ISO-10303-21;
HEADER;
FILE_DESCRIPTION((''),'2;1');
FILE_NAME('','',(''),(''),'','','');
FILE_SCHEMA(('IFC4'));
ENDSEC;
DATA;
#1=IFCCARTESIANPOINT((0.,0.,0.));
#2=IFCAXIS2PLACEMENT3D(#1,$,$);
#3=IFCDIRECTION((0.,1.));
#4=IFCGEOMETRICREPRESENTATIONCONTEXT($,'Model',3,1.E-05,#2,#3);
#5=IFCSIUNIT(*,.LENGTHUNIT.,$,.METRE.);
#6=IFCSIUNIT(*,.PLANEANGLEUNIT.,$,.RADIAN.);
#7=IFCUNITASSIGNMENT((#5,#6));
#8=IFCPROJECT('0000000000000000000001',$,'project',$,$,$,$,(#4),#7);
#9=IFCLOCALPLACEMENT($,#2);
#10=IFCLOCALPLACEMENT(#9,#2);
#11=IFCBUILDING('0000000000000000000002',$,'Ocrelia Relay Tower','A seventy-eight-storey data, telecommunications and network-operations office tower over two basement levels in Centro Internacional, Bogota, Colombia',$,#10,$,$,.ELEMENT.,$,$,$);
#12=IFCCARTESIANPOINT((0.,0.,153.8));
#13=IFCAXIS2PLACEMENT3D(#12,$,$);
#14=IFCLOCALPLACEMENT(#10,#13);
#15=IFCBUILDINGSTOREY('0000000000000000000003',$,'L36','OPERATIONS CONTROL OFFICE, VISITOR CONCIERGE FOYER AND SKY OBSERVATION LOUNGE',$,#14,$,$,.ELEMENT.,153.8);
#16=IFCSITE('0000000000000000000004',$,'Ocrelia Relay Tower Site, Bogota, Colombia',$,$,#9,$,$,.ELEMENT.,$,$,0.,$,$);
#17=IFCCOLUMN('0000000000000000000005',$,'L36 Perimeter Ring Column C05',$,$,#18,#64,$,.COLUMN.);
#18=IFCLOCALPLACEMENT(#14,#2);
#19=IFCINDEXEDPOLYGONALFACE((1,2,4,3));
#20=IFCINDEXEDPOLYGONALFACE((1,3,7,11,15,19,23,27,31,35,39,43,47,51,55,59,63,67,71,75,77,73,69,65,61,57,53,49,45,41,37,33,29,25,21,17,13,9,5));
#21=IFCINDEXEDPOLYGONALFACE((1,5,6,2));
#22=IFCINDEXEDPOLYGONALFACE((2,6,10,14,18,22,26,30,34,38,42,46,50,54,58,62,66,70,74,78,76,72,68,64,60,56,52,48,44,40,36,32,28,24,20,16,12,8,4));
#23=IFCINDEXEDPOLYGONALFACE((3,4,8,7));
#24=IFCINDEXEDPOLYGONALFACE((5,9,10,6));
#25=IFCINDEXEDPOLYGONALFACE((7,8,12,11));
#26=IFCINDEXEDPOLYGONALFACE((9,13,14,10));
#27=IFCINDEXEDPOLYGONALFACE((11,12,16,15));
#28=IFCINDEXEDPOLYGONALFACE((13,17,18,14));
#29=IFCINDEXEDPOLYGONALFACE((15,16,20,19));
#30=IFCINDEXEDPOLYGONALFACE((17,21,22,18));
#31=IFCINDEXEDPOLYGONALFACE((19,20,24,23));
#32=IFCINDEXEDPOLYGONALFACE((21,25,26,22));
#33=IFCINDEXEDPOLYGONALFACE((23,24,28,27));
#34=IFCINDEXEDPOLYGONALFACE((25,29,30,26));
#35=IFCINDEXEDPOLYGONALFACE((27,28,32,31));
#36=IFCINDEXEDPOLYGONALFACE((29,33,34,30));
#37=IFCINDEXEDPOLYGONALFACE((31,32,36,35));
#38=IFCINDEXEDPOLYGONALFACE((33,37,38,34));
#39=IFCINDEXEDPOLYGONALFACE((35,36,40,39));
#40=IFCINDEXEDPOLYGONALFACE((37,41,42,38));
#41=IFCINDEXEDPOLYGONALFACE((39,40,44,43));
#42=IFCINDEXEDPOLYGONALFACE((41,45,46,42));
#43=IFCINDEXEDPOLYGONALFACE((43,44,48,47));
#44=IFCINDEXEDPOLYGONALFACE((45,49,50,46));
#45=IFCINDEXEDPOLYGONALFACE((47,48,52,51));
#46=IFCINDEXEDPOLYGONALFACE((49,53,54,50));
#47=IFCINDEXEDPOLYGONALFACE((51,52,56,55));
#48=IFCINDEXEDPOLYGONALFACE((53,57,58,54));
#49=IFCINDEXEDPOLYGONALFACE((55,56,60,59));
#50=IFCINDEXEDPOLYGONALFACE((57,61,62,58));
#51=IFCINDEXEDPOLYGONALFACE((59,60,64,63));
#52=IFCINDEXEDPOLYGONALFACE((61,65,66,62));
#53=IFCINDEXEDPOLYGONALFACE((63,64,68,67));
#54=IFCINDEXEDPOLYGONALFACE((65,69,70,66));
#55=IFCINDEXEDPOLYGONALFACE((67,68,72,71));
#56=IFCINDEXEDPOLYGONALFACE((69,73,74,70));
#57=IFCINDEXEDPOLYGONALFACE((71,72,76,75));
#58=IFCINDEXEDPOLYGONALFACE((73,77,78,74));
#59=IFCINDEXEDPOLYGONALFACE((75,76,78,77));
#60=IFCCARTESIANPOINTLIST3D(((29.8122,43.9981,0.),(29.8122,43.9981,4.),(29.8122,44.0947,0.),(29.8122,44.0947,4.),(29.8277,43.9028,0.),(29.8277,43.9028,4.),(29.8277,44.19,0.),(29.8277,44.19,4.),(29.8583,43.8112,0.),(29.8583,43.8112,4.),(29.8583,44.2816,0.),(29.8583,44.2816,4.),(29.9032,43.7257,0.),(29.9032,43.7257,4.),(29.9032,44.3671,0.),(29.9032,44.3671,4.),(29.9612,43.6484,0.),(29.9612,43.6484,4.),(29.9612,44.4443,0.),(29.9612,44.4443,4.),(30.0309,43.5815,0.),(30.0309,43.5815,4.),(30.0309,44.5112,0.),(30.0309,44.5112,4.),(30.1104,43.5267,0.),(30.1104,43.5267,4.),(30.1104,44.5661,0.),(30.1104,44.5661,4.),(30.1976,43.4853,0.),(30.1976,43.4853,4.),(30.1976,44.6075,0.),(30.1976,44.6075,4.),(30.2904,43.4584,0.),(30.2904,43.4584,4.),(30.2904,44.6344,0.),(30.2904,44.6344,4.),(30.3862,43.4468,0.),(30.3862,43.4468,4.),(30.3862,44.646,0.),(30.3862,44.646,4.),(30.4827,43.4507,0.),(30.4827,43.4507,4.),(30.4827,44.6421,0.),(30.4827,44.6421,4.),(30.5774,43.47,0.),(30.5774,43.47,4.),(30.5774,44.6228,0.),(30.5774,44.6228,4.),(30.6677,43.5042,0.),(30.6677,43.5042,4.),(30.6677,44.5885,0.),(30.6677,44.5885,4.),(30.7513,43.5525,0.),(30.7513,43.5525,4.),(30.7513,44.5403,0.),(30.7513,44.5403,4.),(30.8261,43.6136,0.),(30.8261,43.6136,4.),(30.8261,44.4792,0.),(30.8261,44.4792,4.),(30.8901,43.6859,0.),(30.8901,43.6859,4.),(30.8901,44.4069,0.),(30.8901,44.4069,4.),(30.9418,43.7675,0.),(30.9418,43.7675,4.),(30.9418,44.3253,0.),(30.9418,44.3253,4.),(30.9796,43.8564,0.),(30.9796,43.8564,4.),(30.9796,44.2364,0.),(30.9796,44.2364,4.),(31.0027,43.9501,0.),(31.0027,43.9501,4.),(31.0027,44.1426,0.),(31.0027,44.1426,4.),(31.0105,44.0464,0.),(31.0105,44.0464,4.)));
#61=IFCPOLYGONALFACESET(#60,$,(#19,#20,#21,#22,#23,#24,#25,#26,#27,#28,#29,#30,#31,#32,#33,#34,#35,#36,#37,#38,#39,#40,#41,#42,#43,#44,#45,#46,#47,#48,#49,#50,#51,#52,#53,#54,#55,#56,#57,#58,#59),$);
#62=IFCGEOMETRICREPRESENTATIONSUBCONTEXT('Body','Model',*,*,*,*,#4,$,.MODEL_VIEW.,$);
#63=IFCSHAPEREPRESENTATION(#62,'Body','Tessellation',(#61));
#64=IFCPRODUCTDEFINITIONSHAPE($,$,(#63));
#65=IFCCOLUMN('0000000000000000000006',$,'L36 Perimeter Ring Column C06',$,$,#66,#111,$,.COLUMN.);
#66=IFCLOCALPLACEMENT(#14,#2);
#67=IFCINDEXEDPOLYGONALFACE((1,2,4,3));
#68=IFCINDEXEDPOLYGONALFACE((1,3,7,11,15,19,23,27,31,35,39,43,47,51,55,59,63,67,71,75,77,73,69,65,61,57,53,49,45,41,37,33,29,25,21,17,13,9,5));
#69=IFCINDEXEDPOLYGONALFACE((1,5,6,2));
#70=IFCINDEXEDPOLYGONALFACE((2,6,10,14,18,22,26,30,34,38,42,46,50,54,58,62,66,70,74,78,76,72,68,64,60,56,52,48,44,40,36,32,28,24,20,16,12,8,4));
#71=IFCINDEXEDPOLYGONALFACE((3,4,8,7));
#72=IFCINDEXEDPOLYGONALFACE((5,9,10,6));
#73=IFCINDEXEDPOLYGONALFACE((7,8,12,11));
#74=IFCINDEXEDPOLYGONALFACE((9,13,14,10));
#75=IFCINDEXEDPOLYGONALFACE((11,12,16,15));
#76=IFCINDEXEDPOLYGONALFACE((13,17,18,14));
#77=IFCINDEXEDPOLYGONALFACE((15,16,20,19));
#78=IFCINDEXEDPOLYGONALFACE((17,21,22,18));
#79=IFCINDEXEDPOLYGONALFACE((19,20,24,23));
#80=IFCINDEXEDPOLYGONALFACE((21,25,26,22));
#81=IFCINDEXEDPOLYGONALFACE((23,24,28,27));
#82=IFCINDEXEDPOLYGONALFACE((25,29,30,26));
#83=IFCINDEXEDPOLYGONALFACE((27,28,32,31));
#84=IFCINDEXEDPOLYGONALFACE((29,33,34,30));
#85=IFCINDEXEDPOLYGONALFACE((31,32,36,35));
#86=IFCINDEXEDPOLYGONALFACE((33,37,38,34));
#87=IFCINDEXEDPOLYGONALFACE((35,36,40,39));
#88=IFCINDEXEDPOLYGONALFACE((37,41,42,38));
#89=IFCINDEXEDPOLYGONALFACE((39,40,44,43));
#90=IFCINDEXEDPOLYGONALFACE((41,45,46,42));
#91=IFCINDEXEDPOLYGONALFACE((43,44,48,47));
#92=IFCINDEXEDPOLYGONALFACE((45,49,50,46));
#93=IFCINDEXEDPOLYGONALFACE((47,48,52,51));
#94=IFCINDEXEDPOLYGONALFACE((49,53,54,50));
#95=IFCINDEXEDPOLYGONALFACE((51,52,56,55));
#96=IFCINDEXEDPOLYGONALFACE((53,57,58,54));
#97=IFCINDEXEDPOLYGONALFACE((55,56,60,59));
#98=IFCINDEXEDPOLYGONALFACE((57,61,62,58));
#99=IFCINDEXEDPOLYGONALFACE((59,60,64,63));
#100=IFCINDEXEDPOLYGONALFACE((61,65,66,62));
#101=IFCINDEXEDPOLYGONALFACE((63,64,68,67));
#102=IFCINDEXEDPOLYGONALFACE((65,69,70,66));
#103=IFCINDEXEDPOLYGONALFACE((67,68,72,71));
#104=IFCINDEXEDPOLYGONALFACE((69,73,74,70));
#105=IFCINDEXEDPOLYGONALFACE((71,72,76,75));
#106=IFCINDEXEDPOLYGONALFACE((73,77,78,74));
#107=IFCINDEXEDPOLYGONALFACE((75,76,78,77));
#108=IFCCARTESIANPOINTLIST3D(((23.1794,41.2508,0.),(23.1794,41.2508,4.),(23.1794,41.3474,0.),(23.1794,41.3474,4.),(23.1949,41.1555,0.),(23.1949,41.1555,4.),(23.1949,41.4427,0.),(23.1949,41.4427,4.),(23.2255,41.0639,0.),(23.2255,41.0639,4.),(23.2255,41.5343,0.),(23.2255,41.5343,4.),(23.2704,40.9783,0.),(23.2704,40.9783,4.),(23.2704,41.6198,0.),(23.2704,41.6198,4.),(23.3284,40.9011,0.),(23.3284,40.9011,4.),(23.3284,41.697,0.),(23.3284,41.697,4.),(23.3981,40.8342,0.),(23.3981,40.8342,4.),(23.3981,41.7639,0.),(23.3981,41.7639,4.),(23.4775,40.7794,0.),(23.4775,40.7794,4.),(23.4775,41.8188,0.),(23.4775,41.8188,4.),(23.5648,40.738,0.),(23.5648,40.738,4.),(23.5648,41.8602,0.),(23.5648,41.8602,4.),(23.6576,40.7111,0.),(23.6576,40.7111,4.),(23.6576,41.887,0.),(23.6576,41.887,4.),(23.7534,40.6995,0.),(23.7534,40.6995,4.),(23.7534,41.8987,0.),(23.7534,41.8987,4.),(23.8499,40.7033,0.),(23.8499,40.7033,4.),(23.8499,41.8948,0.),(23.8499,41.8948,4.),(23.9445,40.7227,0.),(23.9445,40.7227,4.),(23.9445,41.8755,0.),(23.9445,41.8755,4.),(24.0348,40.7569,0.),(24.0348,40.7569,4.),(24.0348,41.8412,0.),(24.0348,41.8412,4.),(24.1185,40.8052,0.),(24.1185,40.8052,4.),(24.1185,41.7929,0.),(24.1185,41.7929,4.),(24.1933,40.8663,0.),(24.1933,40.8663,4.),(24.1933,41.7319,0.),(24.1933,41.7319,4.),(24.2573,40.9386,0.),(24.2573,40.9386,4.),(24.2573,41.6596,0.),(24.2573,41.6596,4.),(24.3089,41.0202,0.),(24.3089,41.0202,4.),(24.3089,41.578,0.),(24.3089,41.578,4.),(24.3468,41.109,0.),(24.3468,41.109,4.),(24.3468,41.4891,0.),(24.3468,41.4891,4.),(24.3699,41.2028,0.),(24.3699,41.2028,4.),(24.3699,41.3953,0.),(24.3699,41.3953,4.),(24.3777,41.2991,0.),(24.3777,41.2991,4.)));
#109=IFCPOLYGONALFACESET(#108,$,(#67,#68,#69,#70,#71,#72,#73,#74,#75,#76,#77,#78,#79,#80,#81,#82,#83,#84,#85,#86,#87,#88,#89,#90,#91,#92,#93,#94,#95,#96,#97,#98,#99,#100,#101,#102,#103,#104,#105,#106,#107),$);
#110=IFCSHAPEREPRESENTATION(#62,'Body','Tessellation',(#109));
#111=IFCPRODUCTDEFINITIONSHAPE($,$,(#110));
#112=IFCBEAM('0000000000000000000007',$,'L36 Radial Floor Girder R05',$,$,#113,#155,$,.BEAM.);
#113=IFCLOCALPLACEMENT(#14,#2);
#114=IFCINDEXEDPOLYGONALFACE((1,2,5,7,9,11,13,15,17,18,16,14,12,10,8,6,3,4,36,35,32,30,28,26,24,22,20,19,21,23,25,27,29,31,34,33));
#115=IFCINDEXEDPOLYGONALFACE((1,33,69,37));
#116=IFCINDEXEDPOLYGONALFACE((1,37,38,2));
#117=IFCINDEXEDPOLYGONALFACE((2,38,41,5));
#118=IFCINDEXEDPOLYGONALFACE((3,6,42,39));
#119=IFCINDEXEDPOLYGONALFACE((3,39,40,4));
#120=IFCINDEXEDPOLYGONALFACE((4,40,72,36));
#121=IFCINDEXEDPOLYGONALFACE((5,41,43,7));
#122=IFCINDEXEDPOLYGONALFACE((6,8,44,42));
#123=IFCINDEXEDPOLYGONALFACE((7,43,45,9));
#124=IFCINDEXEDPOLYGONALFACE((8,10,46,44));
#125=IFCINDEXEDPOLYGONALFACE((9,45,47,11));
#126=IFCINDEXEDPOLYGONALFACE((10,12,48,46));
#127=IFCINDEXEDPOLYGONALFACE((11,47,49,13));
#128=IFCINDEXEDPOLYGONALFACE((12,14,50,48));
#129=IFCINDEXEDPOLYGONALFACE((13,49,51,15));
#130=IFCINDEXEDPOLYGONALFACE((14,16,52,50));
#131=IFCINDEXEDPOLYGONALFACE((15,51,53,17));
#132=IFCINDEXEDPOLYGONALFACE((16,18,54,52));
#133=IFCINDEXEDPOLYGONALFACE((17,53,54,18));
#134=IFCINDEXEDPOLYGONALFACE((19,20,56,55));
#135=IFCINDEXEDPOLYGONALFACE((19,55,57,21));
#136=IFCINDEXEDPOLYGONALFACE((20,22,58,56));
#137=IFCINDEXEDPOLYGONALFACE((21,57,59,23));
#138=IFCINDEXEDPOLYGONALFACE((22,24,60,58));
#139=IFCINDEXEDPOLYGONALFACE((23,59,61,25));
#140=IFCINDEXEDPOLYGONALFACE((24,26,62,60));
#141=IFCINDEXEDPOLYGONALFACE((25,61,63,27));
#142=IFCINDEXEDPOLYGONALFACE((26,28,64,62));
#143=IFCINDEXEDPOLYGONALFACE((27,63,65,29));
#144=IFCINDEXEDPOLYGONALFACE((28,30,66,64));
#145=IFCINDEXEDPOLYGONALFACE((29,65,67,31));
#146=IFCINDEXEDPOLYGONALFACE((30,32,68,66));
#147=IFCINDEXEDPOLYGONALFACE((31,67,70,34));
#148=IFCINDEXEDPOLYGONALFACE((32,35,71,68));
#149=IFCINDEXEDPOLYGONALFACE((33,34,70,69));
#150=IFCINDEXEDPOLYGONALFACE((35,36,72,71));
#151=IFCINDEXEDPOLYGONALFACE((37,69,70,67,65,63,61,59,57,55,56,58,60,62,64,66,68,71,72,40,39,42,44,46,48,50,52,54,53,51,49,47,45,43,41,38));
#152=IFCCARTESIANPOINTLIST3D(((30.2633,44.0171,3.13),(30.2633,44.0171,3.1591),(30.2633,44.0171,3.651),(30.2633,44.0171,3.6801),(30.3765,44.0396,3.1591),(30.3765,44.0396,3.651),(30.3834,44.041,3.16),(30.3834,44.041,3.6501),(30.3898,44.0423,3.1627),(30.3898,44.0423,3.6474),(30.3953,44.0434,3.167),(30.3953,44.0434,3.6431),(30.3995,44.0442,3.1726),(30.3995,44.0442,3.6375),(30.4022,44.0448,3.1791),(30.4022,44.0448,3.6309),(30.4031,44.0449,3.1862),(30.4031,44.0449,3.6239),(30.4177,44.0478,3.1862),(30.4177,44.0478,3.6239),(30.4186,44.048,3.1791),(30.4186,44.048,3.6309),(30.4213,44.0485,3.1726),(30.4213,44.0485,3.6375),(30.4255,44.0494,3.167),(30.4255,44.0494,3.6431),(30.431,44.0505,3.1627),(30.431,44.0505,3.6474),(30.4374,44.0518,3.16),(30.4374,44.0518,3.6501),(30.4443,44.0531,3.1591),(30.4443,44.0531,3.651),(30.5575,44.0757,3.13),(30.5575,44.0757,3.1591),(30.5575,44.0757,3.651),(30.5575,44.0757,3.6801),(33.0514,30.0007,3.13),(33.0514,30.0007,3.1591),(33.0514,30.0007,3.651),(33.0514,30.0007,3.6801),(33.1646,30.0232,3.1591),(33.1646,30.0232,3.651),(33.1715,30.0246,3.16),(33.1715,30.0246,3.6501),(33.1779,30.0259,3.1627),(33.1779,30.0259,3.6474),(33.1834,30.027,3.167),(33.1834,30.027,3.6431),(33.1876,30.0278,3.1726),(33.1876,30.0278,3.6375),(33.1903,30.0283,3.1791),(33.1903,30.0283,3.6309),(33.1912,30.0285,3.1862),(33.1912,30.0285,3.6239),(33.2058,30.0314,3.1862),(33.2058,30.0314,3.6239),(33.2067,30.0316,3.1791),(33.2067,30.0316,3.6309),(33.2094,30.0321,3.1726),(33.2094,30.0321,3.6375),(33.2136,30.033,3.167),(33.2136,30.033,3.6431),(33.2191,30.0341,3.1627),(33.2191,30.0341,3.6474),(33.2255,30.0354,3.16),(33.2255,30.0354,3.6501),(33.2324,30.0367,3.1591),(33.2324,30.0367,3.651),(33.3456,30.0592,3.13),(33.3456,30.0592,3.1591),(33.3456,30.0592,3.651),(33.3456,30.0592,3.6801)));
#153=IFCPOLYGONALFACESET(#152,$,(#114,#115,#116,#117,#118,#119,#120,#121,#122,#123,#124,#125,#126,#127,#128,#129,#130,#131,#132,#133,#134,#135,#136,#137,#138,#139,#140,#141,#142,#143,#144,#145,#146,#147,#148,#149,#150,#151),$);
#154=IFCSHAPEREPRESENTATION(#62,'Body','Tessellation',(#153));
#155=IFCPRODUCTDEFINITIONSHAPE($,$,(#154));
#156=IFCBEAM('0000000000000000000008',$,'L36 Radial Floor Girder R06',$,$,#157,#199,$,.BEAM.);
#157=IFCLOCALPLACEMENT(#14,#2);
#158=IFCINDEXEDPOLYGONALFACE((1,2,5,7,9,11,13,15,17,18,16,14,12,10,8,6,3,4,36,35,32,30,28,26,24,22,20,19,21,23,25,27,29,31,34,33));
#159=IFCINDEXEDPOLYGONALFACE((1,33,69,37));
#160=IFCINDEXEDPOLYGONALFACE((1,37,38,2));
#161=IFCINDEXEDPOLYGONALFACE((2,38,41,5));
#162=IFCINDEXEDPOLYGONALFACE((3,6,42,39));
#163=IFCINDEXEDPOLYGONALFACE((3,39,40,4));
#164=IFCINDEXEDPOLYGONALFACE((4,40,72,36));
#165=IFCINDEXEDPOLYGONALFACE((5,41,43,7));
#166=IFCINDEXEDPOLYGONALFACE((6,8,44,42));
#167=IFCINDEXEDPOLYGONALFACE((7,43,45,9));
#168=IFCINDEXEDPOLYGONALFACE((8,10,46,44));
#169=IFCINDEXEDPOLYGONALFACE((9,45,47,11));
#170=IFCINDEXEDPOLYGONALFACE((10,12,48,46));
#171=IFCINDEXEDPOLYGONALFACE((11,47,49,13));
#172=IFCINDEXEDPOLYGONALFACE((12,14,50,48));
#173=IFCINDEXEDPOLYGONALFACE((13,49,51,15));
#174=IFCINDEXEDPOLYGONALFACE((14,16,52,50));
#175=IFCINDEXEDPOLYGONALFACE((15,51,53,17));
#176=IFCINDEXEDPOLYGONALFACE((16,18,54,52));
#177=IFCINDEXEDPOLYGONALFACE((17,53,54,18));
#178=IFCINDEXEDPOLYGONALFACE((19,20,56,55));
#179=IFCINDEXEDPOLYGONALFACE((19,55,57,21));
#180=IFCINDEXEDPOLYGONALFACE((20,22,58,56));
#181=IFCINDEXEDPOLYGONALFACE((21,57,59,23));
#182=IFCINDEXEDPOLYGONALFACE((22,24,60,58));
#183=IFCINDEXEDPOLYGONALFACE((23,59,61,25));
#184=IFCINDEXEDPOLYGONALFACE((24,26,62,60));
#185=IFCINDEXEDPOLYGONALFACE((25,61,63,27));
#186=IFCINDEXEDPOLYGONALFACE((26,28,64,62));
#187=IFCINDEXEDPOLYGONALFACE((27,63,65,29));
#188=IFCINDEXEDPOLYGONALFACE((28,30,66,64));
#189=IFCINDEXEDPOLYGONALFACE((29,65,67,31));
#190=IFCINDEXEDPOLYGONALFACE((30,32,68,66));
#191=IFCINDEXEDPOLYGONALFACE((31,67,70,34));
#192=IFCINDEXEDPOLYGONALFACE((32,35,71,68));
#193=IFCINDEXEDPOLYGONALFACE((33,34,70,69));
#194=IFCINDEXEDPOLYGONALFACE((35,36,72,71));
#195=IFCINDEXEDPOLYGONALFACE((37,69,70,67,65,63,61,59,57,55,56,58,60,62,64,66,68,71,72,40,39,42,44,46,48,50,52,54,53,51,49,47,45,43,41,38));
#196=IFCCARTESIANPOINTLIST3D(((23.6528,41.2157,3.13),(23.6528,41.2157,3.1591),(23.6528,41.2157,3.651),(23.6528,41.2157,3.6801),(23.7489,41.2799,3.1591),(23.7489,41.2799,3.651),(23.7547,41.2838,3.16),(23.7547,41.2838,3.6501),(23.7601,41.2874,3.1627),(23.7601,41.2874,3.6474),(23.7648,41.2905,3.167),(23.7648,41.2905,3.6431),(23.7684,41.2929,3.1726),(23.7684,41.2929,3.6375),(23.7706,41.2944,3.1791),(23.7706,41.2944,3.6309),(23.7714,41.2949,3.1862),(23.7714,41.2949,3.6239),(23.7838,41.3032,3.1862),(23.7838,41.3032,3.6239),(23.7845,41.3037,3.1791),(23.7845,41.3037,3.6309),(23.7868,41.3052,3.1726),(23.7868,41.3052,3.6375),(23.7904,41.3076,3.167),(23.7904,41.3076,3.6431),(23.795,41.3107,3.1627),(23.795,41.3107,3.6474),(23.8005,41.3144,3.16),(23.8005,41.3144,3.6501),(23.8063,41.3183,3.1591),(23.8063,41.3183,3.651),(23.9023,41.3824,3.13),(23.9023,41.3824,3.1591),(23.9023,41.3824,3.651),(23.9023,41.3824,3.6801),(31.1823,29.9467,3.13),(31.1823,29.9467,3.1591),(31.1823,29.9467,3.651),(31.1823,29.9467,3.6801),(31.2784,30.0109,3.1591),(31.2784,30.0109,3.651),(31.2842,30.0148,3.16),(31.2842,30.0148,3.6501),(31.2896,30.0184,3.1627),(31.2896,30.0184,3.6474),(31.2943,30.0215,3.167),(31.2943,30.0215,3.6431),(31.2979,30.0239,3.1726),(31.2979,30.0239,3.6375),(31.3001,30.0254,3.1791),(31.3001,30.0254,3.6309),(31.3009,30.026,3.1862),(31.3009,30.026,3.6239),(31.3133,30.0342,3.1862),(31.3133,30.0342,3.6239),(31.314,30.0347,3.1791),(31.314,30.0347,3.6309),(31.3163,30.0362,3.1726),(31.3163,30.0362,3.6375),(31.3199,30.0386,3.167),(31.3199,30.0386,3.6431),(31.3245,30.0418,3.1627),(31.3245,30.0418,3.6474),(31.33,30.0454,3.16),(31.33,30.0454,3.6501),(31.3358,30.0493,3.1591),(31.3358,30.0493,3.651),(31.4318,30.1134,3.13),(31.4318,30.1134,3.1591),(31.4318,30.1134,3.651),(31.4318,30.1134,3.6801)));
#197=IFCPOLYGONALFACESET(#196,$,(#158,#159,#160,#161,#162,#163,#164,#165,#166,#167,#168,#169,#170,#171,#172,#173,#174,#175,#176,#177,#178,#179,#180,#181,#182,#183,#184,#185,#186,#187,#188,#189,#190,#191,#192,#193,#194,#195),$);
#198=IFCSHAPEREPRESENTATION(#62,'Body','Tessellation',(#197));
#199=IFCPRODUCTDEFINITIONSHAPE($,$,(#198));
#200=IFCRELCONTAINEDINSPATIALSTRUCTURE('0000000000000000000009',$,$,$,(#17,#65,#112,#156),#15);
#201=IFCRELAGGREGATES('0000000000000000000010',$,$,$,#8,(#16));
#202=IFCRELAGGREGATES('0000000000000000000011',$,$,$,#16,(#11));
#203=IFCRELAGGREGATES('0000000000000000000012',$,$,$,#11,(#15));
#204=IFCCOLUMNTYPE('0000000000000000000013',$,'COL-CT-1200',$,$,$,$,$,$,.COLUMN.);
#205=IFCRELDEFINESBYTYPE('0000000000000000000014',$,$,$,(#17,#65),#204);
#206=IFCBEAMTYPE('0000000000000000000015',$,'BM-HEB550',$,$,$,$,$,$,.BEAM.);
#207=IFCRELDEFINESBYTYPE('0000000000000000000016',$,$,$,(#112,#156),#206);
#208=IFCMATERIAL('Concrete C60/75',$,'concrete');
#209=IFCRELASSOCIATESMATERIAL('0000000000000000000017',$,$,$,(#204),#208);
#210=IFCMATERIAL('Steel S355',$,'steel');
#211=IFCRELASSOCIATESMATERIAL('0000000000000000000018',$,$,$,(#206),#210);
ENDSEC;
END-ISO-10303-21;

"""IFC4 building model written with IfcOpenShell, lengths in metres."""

from ifc_helpers import new_model, si_unit, direction, frame, origin, origin_2d, place, context, subcontext, project, spatial, circle, i_section, extrude, material, material_profile, profile_set, type_object, element, save


model = new_model("IFC4")

# Units and contexts
model_context = context("Model", 3, precision=1e-05, world=origin(), true_north=direction((0.0, 1.0)))
body_context = subcontext(model_context, "Body", "Model", "MODEL_VIEW")
ifc_project = project(units=[si_unit("LENGTHUNIT", "METRE"), si_unit("PLANEANGLEUNIT", "RADIAN")], contexts=[model_context])

# Site, building, storey
site_placement = place(None, origin())
site = spatial("IfcSite", under=ifc_project, at=site_placement, Name="Ocrelia Relay Tower Site, Bogota, Colombia", CompositionType="ELEMENT", RefElevation=0.0)
building_placement = place(site_placement, origin())
building = spatial("IfcBuilding", under=site, at=building_placement, Name="Ocrelia Relay Tower", Description="A seventy-eight-storey data, telecommunications and network-operations office tower over two basement levels in Centro Internacional, Bogota, Colombia", CompositionType="ELEMENT")
storey_placement = place(building_placement, frame((0.0, 0.0, 153.8)))
storey = spatial("IfcBuildingStorey", under=building, at=storey_placement, Name="L36", Description="OPERATIONS CONTROL OFFICE, VISITOR CONCIERGE FOYER AND SKY OBSERVATION LOUNGE", CompositionType="ELEMENT", Elevation=153.8)

# Columns
ifc_material_1 = material(Name="Concrete C60/75", Category="concrete")
ifc_material_profile_1 = material_profile(ifc_material_1, circle(Radius=0.6001, at=origin_2d()), Name="RC-CIR-1200")
ifc_profile_set_1 = profile_set([ifc_material_profile_1], Name="Concrete C60/75")
column_type = type_object("IfcColumnType", Name="COL-CT-1200", PredefinedType="COLUMN", material=ifc_profile_set_1)
for number, where, z_axis, x_axis, name in (
    (1, (30.4104, 44.0464, 0.0), (0.0, 0.0, 1.0), (1.0, 0.0, 0.0), "L36 Perimeter Ring Column C05"),
    (2, (23.7776, 41.2991, 0.0), (0.0, 0.0, 1.0), (1.0, 0.0, 0.0), "L36 Perimeter Ring Column C06"),
):
    element("IfcColumn", number, at=place(storey_placement, frame(where, z_axis=z_axis, x_axis=x_axis)), inside=storey, type_object=column_type, Name=name, PredefinedType="COLUMN", context=body_context, shape_type="SweptSolid", body=[
        extrude(circle(Radius=0.6001, at=origin_2d()), origin(), (0.0, 0.0, 1.0), 4.0),
    ])

# Beams
ifc_material_2 = material(Name="Steel S355", Category="steel")
ifc_material_profile_2 = material_profile(ifc_material_2, i_section(OverallWidth=0.3, OverallDepth=0.55, WebThickness=0.0149, FlangeThickness=0.0291, FilletRadius=0.0271, at=origin_2d()), Name="HEB 550")
ifc_profile_set_2 = profile_set([ifc_material_profile_2], Name="Steel S355")
beam_type_1 = type_object("IfcBeamType", Name="BM-HEB550", PredefinedType="BEAM", material=ifc_profile_set_2)
beam_1_placement = place(storey_placement, frame((30.4104, 44.0464, 3.405), z_axis=(0.195094, -0.980784, 0.0), x_axis=(0.980784, 0.195094, 0.0)))
element("IfcBeam", 3, at=beam_1_placement, inside=storey, type_object=beam_type_1, Name="L36 Radial Floor Girder R05", PredefinedType="BEAM", context=body_context, shape_type="SweptSolid", body=[
    extrude(i_section(OverallWidth=0.3, OverallDepth=0.55, WebThickness=0.0149, FlangeThickness=0.0291, FilletRadius=0.0271, at=origin_2d()), origin(), (0.0, 0.0, 1.0), 14.291),
])
beam_2_placement = place(storey_placement, frame((23.7776, 41.2991, 3.405), z_axis=(0.55556, -0.831476, 0.0), x_axis=(0.831476, 0.55556, 0.0)))
element("IfcBeam", 4, at=beam_2_placement, inside=storey, type_object=beam_type_1, Name="L36 Radial Floor Girder R06", PredefinedType="BEAM", context=body_context, shape_type="SweptSolid", body=[
    extrude(i_section(OverallWidth=0.3, OverallDepth=0.55, WebThickness=0.0149, FlangeThickness=0.0291, FilletRadius=0.0271, at=origin_2d()), origin(), (0.0, 0.0, 1.0), 13.553),
])

save(model, "model.ifc")
